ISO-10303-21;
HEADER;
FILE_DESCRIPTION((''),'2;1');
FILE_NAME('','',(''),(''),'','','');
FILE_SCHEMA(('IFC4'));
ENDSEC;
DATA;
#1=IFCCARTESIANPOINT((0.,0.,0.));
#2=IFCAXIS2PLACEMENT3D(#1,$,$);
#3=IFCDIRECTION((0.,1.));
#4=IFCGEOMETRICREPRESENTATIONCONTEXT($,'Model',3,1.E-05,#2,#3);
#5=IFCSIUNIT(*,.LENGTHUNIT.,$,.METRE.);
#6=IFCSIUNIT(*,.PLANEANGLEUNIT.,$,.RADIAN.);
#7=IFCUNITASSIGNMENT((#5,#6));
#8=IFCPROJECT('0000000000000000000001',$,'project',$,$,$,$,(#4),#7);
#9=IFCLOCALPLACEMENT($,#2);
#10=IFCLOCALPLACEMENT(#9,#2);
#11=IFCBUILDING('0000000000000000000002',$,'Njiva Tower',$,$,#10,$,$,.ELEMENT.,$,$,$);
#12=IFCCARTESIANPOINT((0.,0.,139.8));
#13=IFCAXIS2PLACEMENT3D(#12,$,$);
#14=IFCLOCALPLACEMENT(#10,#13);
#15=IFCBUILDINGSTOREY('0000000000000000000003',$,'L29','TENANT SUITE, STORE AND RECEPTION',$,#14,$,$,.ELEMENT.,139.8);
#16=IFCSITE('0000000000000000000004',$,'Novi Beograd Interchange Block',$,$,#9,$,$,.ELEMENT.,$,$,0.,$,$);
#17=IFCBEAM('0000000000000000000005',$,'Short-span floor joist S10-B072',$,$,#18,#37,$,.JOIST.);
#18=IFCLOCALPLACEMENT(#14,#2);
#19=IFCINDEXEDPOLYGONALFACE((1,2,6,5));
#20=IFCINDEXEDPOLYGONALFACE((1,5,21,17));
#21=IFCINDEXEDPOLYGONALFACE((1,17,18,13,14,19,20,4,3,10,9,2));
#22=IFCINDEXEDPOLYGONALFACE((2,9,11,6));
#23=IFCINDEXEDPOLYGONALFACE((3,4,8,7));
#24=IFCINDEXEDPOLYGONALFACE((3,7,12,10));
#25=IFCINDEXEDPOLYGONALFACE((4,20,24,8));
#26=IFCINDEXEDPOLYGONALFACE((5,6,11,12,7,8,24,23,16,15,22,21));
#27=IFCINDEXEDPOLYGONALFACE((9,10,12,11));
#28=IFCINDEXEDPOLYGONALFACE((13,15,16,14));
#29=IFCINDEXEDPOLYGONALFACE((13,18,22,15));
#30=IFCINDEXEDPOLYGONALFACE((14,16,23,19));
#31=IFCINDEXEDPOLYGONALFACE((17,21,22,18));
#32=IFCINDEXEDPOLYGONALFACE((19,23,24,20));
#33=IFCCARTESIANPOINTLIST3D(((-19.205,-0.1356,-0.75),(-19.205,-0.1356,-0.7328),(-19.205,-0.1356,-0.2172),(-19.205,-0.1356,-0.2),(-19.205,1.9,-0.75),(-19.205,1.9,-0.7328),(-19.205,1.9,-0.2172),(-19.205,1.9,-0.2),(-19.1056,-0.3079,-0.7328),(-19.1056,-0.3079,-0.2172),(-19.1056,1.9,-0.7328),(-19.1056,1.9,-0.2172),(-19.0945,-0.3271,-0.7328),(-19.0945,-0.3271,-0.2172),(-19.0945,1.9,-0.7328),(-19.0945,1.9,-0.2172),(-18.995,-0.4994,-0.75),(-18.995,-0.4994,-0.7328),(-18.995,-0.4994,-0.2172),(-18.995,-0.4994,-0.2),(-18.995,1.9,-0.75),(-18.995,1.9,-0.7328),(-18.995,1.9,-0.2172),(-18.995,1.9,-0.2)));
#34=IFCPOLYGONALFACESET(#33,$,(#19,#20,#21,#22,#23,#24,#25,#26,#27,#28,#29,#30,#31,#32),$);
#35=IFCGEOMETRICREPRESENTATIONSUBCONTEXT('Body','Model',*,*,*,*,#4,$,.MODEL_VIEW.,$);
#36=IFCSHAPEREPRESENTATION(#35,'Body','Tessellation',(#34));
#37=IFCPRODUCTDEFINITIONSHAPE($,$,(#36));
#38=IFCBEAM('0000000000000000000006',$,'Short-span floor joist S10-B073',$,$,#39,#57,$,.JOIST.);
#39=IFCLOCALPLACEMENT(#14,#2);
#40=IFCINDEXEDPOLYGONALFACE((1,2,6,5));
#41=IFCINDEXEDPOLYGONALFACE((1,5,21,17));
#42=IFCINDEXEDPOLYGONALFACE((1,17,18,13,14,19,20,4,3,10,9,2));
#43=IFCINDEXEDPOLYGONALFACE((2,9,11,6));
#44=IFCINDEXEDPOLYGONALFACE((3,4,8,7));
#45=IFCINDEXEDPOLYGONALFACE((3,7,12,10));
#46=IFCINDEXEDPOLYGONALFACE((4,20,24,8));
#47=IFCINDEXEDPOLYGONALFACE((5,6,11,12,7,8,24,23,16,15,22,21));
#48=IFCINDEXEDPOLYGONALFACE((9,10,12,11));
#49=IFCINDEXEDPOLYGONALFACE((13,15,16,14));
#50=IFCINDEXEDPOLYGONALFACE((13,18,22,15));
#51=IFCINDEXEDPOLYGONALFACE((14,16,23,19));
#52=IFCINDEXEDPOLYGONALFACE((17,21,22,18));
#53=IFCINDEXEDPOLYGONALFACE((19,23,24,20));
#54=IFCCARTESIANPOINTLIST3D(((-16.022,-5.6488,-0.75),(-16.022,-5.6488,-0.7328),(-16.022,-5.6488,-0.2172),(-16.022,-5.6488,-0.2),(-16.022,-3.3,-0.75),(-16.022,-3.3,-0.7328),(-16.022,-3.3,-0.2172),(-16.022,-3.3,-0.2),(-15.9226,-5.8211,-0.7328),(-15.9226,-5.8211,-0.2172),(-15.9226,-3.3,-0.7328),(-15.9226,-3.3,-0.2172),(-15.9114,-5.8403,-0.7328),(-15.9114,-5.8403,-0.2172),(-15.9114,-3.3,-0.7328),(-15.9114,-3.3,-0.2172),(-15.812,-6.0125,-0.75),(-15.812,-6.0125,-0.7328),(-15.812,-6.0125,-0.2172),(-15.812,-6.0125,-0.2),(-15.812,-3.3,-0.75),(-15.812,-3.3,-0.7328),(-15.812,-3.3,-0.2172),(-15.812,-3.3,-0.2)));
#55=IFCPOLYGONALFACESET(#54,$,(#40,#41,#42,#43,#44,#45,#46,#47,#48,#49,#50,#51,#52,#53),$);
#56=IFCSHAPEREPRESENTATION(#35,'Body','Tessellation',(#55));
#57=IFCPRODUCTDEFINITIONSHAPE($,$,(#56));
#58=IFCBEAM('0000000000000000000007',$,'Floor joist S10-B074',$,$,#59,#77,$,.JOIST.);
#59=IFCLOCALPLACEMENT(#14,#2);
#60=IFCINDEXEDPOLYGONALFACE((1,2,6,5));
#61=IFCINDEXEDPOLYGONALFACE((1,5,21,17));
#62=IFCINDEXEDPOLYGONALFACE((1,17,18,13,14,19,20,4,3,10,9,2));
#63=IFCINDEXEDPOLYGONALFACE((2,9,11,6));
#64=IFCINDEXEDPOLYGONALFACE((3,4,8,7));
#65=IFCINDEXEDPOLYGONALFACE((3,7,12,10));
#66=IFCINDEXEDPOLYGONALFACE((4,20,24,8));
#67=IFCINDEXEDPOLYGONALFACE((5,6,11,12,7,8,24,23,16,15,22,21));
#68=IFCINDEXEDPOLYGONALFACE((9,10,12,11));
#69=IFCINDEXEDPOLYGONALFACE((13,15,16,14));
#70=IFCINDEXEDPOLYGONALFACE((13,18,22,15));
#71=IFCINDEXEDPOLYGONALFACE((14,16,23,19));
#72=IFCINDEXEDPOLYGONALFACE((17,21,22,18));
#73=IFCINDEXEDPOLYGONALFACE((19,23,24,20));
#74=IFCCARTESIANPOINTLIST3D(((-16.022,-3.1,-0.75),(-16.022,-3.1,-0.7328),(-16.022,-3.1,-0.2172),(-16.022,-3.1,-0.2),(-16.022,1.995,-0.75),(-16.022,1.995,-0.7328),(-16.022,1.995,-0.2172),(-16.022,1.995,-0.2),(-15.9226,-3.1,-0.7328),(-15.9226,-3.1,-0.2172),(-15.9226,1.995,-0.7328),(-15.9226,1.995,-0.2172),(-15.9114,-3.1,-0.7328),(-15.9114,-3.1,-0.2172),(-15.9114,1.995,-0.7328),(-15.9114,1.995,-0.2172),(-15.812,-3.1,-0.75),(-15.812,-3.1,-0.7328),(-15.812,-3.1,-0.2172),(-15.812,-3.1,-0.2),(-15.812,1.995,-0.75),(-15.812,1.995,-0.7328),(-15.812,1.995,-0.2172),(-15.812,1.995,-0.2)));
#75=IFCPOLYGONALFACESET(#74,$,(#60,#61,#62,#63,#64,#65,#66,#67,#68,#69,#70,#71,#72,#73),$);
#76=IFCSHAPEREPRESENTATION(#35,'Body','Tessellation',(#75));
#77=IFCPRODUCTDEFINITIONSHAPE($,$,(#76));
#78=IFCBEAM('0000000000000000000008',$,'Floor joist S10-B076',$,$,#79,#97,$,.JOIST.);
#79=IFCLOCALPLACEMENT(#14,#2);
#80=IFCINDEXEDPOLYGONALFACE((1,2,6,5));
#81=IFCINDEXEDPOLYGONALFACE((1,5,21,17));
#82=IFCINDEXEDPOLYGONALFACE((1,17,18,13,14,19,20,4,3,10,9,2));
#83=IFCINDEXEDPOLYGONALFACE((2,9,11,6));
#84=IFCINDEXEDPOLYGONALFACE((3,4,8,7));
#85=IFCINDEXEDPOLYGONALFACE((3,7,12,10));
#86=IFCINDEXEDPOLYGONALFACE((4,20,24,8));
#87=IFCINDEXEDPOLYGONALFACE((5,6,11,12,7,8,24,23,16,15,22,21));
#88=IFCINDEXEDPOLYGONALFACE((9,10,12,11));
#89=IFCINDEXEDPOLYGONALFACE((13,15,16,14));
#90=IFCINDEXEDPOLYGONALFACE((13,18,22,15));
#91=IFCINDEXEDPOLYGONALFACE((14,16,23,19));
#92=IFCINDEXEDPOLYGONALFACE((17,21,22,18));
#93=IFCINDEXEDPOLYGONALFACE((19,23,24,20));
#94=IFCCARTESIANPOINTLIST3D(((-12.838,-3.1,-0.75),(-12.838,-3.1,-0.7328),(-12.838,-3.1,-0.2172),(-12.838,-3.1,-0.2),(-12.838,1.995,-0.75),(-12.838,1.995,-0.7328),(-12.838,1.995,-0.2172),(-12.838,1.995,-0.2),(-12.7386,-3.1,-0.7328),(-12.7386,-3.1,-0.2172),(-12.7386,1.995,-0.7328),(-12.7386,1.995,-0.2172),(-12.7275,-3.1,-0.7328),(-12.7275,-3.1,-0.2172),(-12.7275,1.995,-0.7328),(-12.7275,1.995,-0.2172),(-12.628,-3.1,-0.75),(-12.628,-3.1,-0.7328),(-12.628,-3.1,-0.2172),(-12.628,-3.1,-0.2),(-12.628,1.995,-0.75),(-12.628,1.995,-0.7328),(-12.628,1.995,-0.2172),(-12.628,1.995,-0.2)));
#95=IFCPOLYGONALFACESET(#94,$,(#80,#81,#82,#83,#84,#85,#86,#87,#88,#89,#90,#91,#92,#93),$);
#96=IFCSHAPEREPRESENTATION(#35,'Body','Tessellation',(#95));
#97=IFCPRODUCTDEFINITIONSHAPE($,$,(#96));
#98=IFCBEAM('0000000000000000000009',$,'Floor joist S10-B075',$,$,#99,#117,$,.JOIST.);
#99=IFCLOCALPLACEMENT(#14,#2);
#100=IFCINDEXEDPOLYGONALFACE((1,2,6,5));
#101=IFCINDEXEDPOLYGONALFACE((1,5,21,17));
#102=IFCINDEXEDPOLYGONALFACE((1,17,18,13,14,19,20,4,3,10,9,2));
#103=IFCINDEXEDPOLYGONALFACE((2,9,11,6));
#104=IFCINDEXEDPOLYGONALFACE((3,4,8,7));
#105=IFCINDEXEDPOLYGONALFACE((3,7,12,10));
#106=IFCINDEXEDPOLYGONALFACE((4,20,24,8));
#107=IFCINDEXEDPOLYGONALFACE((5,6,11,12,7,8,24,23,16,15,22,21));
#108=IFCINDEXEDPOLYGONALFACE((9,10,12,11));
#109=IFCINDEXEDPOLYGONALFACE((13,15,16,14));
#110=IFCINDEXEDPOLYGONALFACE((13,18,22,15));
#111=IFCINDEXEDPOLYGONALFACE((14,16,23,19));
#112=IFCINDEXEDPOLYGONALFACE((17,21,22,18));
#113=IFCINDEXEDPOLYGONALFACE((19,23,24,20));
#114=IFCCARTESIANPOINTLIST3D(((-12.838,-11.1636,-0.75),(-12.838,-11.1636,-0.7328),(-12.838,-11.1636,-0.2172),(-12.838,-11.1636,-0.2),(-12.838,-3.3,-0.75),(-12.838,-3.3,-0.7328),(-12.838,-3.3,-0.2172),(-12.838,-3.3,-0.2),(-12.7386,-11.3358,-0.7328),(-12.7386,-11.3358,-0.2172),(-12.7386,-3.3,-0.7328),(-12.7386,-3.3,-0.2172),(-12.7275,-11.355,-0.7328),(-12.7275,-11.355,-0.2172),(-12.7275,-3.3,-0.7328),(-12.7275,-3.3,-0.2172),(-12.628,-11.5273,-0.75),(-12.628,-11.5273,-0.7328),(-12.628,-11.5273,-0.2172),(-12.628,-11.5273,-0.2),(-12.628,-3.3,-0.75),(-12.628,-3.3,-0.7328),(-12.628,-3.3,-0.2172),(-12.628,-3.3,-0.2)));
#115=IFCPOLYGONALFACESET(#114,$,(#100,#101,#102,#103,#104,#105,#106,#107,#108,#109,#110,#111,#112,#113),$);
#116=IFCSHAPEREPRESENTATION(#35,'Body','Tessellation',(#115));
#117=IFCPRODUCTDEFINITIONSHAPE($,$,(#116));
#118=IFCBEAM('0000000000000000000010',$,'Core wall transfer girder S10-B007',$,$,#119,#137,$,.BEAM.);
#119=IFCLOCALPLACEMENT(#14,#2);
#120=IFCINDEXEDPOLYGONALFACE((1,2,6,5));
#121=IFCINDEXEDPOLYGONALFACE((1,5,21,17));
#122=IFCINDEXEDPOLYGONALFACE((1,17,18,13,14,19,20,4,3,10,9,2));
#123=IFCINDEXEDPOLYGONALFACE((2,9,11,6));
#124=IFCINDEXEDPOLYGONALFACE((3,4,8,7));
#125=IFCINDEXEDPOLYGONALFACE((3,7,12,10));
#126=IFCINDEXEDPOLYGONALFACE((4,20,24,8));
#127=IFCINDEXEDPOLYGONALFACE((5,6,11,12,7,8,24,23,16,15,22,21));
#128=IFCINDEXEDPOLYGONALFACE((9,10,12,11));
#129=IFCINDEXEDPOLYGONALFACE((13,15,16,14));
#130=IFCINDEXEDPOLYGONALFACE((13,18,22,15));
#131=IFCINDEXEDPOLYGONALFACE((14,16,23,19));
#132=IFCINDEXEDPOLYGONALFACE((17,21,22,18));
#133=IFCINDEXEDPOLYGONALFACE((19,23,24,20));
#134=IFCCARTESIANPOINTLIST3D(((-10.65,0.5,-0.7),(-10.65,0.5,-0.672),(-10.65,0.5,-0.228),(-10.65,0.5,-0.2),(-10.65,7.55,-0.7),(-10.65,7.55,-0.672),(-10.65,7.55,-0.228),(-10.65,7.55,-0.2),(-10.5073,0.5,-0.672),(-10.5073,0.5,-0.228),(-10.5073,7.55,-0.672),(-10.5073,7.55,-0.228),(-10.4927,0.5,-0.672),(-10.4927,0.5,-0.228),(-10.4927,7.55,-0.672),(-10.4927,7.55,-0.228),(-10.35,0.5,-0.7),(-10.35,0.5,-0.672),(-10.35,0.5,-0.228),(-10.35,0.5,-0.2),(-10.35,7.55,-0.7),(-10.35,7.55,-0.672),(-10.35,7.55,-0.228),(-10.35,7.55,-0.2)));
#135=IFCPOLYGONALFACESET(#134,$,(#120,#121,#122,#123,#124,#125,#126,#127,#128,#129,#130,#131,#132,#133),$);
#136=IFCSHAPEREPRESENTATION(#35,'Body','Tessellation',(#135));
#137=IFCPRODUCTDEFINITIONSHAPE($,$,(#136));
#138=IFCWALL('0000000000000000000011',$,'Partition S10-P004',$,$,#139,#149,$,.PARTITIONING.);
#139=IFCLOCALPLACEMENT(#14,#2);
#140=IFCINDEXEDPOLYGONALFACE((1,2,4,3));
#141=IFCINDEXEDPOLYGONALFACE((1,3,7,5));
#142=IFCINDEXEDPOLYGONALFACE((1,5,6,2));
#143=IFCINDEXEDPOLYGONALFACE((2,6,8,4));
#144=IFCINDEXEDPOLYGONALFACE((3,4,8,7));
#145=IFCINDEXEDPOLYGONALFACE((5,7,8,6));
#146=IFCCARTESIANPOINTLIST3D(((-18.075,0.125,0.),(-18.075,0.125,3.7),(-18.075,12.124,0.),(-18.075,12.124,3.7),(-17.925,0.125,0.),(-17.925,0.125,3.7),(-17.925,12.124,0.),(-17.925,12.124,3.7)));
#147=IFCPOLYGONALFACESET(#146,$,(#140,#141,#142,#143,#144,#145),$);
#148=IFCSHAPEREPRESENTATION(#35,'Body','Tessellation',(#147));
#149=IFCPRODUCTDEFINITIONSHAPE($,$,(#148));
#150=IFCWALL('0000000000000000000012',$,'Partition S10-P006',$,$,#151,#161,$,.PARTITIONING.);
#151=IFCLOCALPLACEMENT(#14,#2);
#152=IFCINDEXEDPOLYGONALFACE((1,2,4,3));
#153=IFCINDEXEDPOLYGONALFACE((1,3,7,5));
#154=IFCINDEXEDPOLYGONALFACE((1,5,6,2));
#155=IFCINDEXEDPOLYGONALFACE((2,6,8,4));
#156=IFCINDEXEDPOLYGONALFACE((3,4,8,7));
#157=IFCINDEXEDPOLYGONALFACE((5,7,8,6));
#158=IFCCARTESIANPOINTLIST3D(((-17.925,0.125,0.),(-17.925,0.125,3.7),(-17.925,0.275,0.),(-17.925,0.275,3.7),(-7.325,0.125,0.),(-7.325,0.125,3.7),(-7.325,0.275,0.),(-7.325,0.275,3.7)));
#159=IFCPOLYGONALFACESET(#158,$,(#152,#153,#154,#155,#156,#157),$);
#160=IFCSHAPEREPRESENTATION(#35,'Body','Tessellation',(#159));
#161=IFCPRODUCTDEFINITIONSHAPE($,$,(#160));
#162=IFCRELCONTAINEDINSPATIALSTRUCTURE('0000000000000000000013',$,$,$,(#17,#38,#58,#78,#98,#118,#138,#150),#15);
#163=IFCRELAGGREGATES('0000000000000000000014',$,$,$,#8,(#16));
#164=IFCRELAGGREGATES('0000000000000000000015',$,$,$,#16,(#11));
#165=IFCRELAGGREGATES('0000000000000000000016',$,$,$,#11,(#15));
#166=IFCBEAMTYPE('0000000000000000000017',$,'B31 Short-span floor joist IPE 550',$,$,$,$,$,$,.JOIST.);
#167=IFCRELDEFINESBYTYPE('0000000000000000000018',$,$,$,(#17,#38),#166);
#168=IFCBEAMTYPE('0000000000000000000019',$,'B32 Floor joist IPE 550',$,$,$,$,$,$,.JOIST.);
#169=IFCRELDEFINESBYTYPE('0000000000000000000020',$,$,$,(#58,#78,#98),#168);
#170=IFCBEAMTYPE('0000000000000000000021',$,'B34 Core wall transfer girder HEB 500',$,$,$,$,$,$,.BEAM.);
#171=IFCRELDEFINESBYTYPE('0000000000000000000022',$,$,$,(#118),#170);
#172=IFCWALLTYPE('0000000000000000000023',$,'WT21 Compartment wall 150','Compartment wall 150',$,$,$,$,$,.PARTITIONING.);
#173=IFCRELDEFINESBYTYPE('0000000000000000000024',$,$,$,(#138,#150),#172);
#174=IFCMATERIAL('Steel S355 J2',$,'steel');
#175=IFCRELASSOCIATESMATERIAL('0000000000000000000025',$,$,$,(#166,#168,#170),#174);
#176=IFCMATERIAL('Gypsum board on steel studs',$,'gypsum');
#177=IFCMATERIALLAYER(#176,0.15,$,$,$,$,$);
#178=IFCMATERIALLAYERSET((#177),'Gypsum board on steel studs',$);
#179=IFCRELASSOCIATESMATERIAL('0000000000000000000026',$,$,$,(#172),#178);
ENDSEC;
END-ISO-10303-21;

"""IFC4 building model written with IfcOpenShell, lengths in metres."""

from ifc_helpers import new_model, si_unit, direction, frame, frame_2d, origin, origin_2d, place, context, subcontext, project, spatial, rectangle, i_section, extrude, clip, halfspace, material, layer, layer_set, material_profile, profile_set, type_object, element, save


model = new_model("IFC4")

# Units and contexts
model_context = context("Model", 3, precision=1e-05, world=origin(), true_north=direction((0.0, 1.0)))
body_context = subcontext(model_context, "Body", "Model", "MODEL_VIEW")
ifc_project = project(units=[si_unit("LENGTHUNIT", "METRE"), si_unit("PLANEANGLEUNIT", "RADIAN")], contexts=[model_context])

# Site, building, storey
site_placement = place(None, origin())
site = spatial("IfcSite", under=ifc_project, at=site_placement, Name="Novi Beograd Interchange Block", CompositionType="ELEMENT", RefElevation=0.0)
building_placement = place(site_placement, origin())
building = spatial("IfcBuilding", under=site, at=building_placement, Name="Njiva Tower", CompositionType="ELEMENT")
storey_placement = place(building_placement, frame((0.0, 0.0, 139.8)))
storey = spatial("IfcBuildingStorey", under=building, at=storey_placement, Name="L29", Description="TENANT SUITE, STORE AND RECEPTION", CompositionType="ELEMENT", Elevation=139.8)

# Shared definitions
ifc_material_1 = material(Name="Steel S355 J2", Category="steel")

# Beams
ifc_material_profile_1 = material_profile(ifc_material_1, i_section(OverallWidth=0.21, OverallDepth=0.55, WebThickness=0.0111, FlangeThickness=0.0172, at=origin_2d()), Name="IPE 550")
ifc_profile_set_1 = profile_set([ifc_material_profile_1], Name="Steel S355 J2")
beam_type_1 = type_object("IfcBeamType", Name="B31 Short-span floor joist IPE 550", PredefinedType="JOIST", material=ifc_profile_set_1)
beam_1_placement = place(storey_placement, frame((-19.1, 1.9, -0.475), z_axis=(0.0, -1.0, 0.0), x_axis=(1.0, 0.0, 0.0)))
element("IfcBeam", 1, at=beam_1_placement, inside=storey, type_object=beam_type_1, Name="Short-span floor joist S10-B072", PredefinedType="JOIST", context=body_context, shape_type="Clipping", body=[
    clip(extrude(i_section(OverallWidth=0.21, OverallDepth=0.55, WebThickness=0.0111, FlangeThickness=0.0172, at=origin_2d()), origin(), (0.0, 0.0, 1.0), 2.419), halfspace(frame((-0.0433, 0.0, 2.1425), z_axis=(-0.866027, 0.0, 0.499998), x_axis=(0.0, 1.0, 0.0)), False)),
])
beam_2_placement = place(storey_placement, frame((-15.917, -3.3, -0.475), z_axis=(0.0, -1.0, 0.0), x_axis=(1.0, 0.0, 0.0)))
element("IfcBeam", 2, at=beam_2_placement, inside=storey, type_object=beam_type_1, Name="Short-span floor joist S10-B073", PredefinedType="JOIST", context=body_context, shape_type="Clipping", body=[
    clip(extrude(i_section(OverallWidth=0.21, OverallDepth=0.55, WebThickness=0.0111, FlangeThickness=0.0172, at=origin_2d()), origin(), (0.0, 0.0, 1.0), 2.733), halfspace(frame((-0.043, 0.0, 2.4562), z_axis=(-0.866027, 0.0, 0.499998), x_axis=(0.0, 1.0, 0.0)), False)),
])
ifc_material_profile_2 = material_profile(ifc_material_1, i_section(OverallWidth=0.21, OverallDepth=0.55, WebThickness=0.0111, FlangeThickness=0.0172, at=origin_2d()), Name="IPE 550")
ifc_profile_set_2 = profile_set([ifc_material_profile_2], Name="Steel S355 J2")
beam_type_2 = type_object("IfcBeamType", Name="B32 Floor joist IPE 550", PredefinedType="JOIST", material=ifc_profile_set_2)
for number, where, z_axis, x_axis, name in (
    (3, (-15.917, 1.995, -0.475), (0.0, -1.0, 0.0), (1.0, 0.0, 0.0), "Floor joist S10-B074"),
    (4, (-12.733, 1.995, -0.475), (0.0, -1.0, 0.0), (1.0, 0.0, 0.0), "Floor joist S10-B076"),
):
    element("IfcBeam", number, at=place(storey_placement, frame(where, z_axis=z_axis, x_axis=x_axis)), inside=storey, type_object=beam_type_2, Name=name, PredefinedType="JOIST", context=body_context, shape_type="SweptSolid", body=[
        extrude(i_section(OverallWidth=0.21, OverallDepth=0.55, WebThickness=0.0111, FlangeThickness=0.0172, at=origin_2d()), origin(), (0.0, 0.0, 1.0), 5.095),
    ])
beam_3_placement = place(storey_placement, frame((-12.733, -3.3, -0.475), z_axis=(0.0, -1.0, 0.0), x_axis=(1.0, 0.0, 0.0)))
element("IfcBeam", 5, at=beam_3_placement, inside=storey, type_object=beam_type_2, Name="Floor joist S10-B075", PredefinedType="JOIST", context=body_context, shape_type="Clipping", body=[
    clip(extrude(i_section(OverallWidth=0.21, OverallDepth=0.55, WebThickness=0.0111, FlangeThickness=0.0172, at=origin_2d()), origin(), (0.0, 0.0, 1.0), 8.247), halfspace(frame((-0.0436, 0.0, 7.9699), z_axis=(-0.866027, 0.0, 0.499998), x_axis=(0.0, 1.0, 0.0)), False)),
])
ifc_material_profile_3 = material_profile(ifc_material_1, i_section(OverallWidth=0.3, OverallDepth=0.5, WebThickness=0.0145, FlangeThickness=0.028, at=origin_2d()), Name="HEB 500")
ifc_profile_set_3 = profile_set([ifc_material_profile_3], Name="Steel S355 J2")
beam_type_3 = type_object("IfcBeamType", Name="B34 Core wall transfer girder HEB 500", PredefinedType="BEAM", material=ifc_profile_set_3)
beam_4_placement = place(storey_placement, frame((-10.5, 0.5, -0.45), z_axis=(0.0, 1.0, 0.0), x_axis=(-1.0, 0.0, 0.0)))
element("IfcBeam", 6, at=beam_4_placement, inside=storey, type_object=beam_type_3, Name="Core wall transfer girder S10-B007", PredefinedType="BEAM", context=body_context, shape_type="SweptSolid", body=[
    extrude(i_section(OverallWidth=0.3, OverallDepth=0.5, WebThickness=0.0145, FlangeThickness=0.028, at=origin_2d()), origin(), (0.0, 0.0, 1.0), 7.05),
])

# Walls
ifc_material_2 = material(Name="Gypsum board on steel studs", Category="gypsum")
ifc_layer = layer(ifc_material_2, 0.15)
ifc_layer_set = layer_set([ifc_layer], Name="Gypsum board on steel studs")
wall_type = type_object("IfcWallType", Name="WT21 Compartment wall 150", Description="Compartment wall 150", PredefinedType="PARTITIONING", material=ifc_layer_set)
wall_1_placement = place(storey_placement, frame((-18.0, 0.125, 0.0), z_axis=(0.0, 0.0, 1.0), x_axis=(0.0, 1.0, 0.0)))
element("IfcWall", 7, at=wall_1_placement, inside=storey, type_object=wall_type, Name="Partition S10-P004", PredefinedType="PARTITIONING", context=body_context, shape_type="SweptSolid", body=[
    extrude(rectangle(XDim=11.999, YDim=0.15, at=frame_2d((5.9995, 0.0))), origin(), (0.0, 0.0, 1.0), 3.7),
])
wall_2_placement = place(storey_placement, frame((-17.925, 0.2, 0.0), z_axis=(0.0, 0.0, 1.0), x_axis=(1.0, 0.0, 0.0)))
element("IfcWall", 8, at=wall_2_placement, inside=storey, type_object=wall_type, Name="Partition S10-P006", PredefinedType="PARTITIONING", context=body_context, shape_type="SweptSolid", body=[
    extrude(rectangle(XDim=10.6, YDim=0.15, at=frame_2d((5.3, 0.0))), origin(), (0.0, 0.0, 1.0), 3.7),
])

save(model, "model.ifc")
